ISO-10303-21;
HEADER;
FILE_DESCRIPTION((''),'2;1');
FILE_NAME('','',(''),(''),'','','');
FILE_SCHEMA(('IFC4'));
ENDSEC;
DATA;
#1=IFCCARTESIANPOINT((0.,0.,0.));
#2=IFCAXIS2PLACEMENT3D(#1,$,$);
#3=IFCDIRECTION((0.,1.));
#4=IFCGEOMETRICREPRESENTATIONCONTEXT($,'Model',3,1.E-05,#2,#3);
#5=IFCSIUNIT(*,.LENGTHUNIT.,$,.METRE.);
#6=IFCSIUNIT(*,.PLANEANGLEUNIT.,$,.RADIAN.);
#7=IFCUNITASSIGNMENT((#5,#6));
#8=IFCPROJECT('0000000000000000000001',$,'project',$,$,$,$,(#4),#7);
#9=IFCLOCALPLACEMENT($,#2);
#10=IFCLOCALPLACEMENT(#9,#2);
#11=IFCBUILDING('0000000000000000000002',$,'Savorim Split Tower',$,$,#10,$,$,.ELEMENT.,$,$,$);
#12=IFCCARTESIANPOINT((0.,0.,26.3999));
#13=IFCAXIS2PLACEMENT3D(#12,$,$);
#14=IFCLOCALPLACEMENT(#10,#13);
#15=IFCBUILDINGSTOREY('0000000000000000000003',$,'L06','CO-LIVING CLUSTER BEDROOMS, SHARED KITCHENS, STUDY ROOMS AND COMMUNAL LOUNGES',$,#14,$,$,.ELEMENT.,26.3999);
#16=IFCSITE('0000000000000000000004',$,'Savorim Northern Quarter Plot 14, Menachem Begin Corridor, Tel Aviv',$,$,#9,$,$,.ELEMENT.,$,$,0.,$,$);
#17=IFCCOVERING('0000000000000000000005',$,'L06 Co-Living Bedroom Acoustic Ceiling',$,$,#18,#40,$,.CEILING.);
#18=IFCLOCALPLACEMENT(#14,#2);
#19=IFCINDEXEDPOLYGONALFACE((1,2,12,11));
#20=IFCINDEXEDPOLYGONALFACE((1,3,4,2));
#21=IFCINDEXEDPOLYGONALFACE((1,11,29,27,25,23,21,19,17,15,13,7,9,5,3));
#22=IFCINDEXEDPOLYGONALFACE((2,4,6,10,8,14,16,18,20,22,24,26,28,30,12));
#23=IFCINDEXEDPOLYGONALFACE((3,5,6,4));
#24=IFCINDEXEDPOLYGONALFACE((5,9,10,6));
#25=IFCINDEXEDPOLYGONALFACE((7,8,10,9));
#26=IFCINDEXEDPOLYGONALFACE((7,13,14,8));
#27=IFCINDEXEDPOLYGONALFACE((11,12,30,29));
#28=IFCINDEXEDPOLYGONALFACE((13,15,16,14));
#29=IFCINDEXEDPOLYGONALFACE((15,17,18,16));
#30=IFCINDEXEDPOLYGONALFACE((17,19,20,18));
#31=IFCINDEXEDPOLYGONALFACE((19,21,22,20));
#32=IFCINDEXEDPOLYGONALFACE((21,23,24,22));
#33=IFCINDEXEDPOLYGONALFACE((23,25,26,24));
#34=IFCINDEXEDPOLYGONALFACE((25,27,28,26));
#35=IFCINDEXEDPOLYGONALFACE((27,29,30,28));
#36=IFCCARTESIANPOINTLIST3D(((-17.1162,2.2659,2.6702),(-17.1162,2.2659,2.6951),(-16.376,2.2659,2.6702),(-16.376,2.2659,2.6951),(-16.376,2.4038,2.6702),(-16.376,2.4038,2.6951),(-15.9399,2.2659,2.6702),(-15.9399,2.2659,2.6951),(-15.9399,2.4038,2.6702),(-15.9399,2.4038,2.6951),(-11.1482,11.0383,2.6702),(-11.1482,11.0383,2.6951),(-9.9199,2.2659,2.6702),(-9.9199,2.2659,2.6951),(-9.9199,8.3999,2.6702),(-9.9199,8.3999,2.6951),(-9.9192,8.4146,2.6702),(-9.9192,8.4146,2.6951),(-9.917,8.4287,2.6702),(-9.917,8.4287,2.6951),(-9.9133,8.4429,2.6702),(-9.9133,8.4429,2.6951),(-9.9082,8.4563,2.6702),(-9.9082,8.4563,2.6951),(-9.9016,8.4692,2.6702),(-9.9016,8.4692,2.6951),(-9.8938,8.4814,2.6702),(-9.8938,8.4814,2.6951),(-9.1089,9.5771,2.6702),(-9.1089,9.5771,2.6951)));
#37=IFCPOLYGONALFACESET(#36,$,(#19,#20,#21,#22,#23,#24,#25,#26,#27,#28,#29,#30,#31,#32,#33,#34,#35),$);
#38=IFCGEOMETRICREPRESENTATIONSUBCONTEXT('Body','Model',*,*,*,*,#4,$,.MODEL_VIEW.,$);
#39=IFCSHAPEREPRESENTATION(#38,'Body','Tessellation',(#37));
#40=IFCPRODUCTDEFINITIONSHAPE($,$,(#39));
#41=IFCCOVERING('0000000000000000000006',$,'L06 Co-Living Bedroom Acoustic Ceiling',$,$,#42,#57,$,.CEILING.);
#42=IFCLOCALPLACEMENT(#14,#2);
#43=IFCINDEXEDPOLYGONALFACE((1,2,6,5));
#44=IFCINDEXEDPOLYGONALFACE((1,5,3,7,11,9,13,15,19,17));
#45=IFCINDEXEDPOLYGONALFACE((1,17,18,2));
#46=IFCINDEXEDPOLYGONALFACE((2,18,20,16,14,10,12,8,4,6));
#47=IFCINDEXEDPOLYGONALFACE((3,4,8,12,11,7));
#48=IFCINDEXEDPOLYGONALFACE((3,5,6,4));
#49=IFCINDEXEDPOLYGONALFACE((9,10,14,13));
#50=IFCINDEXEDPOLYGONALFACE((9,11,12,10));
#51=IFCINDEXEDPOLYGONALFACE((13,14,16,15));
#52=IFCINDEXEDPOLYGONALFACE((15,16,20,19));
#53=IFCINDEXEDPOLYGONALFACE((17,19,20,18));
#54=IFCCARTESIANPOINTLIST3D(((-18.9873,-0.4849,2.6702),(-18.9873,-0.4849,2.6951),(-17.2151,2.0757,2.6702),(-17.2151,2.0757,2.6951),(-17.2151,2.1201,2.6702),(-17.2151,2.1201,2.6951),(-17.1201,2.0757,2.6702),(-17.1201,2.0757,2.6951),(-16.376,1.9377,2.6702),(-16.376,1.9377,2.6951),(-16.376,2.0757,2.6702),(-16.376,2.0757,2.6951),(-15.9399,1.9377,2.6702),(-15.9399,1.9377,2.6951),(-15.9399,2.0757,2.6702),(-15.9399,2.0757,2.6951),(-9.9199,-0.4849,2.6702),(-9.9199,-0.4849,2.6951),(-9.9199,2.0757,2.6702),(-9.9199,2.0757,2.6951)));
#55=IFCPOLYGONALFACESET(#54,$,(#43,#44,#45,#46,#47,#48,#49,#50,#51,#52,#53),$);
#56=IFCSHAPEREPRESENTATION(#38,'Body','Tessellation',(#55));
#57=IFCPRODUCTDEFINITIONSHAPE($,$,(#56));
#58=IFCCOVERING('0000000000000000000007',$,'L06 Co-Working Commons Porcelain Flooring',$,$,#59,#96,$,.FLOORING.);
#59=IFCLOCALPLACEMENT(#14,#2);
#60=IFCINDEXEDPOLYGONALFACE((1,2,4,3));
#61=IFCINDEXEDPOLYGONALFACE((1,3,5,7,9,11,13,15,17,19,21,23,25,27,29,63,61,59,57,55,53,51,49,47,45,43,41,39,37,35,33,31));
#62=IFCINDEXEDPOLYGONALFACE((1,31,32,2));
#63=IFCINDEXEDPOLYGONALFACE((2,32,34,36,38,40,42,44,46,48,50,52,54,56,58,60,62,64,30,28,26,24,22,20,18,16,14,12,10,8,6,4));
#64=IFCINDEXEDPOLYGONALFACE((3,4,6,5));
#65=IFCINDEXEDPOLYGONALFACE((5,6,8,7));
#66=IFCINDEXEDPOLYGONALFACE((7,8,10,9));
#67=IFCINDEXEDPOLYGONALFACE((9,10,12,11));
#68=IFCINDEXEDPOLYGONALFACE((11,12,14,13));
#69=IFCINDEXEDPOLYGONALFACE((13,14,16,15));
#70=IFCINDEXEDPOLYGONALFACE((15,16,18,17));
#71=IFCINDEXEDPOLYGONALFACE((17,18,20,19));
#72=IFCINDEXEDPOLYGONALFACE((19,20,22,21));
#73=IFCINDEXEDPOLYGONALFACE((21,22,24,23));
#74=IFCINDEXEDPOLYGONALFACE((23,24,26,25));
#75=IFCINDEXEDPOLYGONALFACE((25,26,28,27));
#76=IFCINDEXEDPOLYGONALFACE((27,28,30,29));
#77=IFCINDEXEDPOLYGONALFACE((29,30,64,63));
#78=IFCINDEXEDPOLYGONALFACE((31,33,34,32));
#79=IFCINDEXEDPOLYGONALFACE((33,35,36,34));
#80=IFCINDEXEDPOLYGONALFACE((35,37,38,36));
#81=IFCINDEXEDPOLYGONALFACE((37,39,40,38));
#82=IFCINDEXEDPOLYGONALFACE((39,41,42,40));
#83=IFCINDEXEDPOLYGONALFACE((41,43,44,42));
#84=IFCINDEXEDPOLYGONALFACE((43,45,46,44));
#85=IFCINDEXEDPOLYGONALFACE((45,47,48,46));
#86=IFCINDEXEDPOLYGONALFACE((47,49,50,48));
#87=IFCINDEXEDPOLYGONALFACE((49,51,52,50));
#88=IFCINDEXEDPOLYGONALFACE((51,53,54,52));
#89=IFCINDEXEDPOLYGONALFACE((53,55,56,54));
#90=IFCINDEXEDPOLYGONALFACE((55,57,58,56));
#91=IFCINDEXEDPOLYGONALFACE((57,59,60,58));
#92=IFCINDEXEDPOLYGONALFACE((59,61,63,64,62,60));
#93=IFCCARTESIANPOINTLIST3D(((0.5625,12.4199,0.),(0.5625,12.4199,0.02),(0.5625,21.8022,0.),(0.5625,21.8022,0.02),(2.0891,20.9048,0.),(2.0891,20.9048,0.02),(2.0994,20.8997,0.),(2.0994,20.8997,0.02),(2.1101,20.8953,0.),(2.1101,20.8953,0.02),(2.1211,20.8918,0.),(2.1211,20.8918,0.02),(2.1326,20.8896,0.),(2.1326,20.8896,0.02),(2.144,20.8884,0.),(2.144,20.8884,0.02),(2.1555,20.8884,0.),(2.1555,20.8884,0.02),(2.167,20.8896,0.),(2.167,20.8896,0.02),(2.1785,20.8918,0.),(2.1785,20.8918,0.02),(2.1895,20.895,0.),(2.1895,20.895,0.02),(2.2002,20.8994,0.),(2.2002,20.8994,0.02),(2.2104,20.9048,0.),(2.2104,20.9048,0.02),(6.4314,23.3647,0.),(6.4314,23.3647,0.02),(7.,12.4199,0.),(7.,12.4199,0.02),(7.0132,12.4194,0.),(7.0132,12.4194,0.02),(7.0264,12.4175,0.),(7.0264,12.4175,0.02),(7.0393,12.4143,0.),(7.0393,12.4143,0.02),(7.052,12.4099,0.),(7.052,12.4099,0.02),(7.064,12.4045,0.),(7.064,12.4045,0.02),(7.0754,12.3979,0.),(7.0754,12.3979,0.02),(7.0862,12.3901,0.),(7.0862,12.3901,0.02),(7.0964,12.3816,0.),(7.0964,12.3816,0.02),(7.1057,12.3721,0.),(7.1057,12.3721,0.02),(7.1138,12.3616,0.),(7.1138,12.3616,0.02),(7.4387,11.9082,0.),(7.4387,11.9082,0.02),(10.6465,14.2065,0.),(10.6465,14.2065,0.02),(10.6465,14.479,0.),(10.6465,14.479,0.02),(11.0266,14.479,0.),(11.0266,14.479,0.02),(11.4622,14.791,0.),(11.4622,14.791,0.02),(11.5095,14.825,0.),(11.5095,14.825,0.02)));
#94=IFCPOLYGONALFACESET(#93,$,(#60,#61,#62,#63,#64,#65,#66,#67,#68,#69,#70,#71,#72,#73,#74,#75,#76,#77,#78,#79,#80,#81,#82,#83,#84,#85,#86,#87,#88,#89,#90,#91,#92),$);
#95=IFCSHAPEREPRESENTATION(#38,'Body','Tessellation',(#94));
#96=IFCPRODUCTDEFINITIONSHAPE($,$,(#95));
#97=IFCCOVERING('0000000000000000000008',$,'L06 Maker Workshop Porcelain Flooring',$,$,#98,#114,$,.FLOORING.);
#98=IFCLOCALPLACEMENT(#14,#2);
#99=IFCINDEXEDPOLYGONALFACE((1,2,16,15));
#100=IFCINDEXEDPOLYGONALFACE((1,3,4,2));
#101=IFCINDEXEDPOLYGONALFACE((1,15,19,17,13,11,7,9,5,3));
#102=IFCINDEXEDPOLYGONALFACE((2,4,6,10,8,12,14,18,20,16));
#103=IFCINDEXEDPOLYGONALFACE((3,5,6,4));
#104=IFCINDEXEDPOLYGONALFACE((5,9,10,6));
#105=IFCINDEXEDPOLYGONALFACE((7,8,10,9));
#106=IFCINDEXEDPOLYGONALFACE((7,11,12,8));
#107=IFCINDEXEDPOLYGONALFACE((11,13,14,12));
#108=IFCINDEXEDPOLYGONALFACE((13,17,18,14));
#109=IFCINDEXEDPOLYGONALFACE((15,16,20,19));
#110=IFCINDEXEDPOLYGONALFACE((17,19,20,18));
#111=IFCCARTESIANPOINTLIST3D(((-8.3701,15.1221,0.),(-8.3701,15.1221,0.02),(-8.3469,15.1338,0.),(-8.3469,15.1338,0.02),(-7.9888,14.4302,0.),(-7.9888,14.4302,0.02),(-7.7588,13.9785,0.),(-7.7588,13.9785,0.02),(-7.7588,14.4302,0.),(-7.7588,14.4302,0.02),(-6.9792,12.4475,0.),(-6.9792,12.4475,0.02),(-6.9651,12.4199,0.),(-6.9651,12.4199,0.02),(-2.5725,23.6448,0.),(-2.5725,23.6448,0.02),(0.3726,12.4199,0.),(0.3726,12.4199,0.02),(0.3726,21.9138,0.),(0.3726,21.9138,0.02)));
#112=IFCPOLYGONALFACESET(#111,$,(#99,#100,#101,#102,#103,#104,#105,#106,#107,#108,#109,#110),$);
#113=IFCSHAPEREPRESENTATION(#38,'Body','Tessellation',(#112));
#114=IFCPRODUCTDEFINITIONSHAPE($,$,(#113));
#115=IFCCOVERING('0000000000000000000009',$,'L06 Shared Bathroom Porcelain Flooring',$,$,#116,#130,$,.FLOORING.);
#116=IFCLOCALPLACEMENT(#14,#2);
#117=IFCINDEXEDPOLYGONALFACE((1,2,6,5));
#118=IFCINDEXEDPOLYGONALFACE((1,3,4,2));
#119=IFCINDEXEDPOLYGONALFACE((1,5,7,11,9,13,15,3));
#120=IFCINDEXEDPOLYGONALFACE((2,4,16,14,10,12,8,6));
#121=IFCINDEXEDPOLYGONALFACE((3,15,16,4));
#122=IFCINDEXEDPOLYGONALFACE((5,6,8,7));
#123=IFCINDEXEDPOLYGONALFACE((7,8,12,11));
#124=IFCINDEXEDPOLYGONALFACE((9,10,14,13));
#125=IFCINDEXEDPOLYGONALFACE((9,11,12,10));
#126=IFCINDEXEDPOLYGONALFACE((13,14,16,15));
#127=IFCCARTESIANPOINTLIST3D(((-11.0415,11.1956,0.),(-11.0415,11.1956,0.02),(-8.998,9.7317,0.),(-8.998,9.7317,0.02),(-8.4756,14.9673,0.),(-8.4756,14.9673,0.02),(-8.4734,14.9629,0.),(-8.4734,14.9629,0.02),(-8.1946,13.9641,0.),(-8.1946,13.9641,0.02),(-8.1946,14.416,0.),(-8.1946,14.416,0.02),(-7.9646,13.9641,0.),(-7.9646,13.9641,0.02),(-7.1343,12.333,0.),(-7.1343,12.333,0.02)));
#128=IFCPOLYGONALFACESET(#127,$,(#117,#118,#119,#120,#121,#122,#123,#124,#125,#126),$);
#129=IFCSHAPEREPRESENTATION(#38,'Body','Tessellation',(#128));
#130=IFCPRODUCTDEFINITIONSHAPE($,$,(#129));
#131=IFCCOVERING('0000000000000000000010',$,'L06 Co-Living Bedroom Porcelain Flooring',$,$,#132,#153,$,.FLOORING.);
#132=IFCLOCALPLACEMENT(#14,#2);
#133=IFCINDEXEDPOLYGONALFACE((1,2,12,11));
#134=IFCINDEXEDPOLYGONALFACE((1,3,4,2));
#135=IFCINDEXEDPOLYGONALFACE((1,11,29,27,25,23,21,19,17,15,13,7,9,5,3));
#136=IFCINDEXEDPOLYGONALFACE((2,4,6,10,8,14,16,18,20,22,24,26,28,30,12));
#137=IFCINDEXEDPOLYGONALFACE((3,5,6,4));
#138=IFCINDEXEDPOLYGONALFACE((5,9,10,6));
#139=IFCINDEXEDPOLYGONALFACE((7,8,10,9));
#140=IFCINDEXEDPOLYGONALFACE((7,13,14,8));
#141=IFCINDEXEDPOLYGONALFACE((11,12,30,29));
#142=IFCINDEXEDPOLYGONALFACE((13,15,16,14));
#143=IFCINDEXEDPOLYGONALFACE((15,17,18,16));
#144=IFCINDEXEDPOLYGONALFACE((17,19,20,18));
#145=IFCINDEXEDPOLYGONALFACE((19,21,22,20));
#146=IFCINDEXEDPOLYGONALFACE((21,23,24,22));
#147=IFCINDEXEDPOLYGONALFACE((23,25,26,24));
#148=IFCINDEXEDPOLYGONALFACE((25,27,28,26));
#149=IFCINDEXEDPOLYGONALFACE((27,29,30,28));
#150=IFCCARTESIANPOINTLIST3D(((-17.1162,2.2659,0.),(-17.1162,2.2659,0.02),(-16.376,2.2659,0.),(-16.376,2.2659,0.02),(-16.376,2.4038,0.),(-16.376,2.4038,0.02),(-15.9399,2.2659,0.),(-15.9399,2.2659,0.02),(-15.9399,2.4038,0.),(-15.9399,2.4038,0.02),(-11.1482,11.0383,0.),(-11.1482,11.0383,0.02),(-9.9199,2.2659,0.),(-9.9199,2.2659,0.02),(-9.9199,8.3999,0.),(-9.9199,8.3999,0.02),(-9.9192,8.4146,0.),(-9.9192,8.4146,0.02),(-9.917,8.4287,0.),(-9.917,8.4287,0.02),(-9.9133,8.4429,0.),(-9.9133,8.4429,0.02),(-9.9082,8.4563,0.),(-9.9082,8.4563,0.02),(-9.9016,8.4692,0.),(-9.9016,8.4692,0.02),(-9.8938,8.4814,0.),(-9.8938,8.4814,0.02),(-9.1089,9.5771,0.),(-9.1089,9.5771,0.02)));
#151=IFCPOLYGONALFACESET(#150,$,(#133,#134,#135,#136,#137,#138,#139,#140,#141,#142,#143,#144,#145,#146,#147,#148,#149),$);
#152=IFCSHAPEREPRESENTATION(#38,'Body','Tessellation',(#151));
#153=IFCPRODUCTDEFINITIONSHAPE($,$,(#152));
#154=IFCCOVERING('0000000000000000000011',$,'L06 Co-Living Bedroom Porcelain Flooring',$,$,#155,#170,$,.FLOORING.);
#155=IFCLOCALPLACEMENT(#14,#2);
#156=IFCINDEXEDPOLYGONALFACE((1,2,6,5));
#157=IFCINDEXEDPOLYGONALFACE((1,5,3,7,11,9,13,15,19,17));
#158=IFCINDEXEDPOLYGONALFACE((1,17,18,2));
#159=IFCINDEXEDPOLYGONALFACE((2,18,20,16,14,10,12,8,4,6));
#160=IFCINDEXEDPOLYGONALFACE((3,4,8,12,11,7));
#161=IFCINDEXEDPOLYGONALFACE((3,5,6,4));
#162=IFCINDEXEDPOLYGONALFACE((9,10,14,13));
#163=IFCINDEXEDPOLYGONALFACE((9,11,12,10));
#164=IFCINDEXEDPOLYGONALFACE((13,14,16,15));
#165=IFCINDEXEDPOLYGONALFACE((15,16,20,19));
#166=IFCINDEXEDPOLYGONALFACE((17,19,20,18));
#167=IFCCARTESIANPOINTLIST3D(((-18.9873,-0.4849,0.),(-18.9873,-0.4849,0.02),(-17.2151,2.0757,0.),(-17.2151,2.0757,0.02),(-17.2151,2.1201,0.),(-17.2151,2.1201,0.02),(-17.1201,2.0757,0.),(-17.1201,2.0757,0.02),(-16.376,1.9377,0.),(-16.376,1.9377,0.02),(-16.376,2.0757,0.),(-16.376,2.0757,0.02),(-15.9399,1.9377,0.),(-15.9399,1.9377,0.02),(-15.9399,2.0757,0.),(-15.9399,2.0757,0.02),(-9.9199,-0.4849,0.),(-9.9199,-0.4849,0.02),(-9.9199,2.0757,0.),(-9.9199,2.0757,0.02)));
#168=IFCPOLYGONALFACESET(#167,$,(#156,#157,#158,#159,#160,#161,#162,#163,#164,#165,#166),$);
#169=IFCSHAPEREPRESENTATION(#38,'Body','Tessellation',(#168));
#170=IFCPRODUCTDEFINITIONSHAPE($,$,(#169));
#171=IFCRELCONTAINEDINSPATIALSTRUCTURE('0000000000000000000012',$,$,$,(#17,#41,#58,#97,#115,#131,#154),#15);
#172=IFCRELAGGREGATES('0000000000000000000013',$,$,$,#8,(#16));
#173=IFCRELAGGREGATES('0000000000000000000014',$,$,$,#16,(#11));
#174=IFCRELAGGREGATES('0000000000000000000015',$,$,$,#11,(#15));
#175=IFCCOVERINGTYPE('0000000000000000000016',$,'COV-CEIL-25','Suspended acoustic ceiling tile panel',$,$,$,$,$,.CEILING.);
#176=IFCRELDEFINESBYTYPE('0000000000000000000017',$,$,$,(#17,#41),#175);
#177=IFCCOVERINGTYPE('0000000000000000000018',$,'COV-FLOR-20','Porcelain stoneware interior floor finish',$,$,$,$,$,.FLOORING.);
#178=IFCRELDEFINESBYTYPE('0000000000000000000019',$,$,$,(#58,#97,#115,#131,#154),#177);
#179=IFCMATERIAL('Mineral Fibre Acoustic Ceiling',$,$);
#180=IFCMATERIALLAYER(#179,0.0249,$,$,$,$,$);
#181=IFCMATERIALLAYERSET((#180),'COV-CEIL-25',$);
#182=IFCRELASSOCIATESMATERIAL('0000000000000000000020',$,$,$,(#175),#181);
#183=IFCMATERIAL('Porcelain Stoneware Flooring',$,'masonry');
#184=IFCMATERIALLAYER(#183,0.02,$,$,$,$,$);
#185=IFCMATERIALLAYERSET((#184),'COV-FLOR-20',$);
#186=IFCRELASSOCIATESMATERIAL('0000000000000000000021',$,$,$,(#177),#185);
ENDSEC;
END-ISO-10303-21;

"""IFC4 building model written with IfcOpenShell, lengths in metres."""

from ifc_helpers import new_model, si_unit, direction, frame, origin, place, context, subcontext, project, spatial, polyline, outline, extrude, material, layer, layer_set, type_object, element, save


model = new_model("IFC4")

# Units and contexts
model_context = context("Model", 3, precision=1e-05, world=origin(), true_north=direction((0.0, 1.0)))
body_context = subcontext(model_context, "Body", "Model", "MODEL_VIEW")
ifc_project = project(units=[si_unit("LENGTHUNIT", "METRE"), si_unit("PLANEANGLEUNIT", "RADIAN")], contexts=[model_context])

# Site, building, storey
site_placement = place(None, origin())
site = spatial("IfcSite", under=ifc_project, at=site_placement, Name="Savorim Northern Quarter Plot 14, Menachem Begin Corridor, Tel Aviv", CompositionType="ELEMENT", RefElevation=0.0)
building_placement = place(site_placement, origin())
building = spatial("IfcBuilding", under=site, at=building_placement, Name="Savorim Split Tower", CompositionType="ELEMENT")
storey_placement = place(building_placement, frame((0.0, 0.0, 26.3999)))
storey = spatial("IfcBuildingStorey", under=building, at=storey_placement, Name="L06", Description="CO-LIVING CLUSTER BEDROOMS, SHARED KITCHENS, STUDY ROOMS AND COMMUNAL LOUNGES", CompositionType="ELEMENT", Elevation=26.3999)

# Coverings
ifc_material_1 = material(Name="Mineral Fibre Acoustic Ceiling")
ifc_layer_1 = layer(ifc_material_1, 0.0249)
ifc_layer_set_1 = layer_set([ifc_layer_1], Name="COV-CEIL-25")
covering_type_1 = type_object("IfcCoveringType", Name="COV-CEIL-25", Description="Suspended acoustic ceiling tile panel", PredefinedType="CEILING", material=ifc_layer_set_1)
covering_1_placement = place(storey_placement, frame((0.0, 0.0, 2.6702)))
element("IfcCovering", 1, at=covering_1_placement, inside=storey, type_object=covering_type_1, Name="L06 Co-Living Bedroom Acoustic Ceiling", PredefinedType="CEILING", context=body_context, shape_type="SweptSolid", body=[
    extrude(outline(polyline([(-9.9082, 8.4563), (-9.9016, 8.4692), (-9.8938, 8.4814), (-9.1089, 9.5771), (-11.1482, 11.0383), (-17.1162, 2.2659), (-16.376, 2.2659), (-16.376, 2.4038), (-15.9399, 2.4038), (-15.9399, 2.2659), (-9.9199, 2.2659), (-9.9199, 8.3999), (-9.9192, 8.4146), (-9.917, 8.4287), (-9.9133, 8.4429), (-9.9082, 8.4563)])), origin(), (0.0, 0.0, 1.0), 0.0249),
])
covering_2_placement = place(storey_placement, frame((0.0, 0.0, 2.6702)))
element("IfcCovering", 2, at=covering_2_placement, inside=storey, type_object=covering_type_1, Name="L06 Co-Living Bedroom Acoustic Ceiling", PredefinedType="CEILING", context=body_context, shape_type="SweptSolid", body=[
    extrude(outline(polyline([(-16.376, 2.0757), (-17.1201, 2.0757), (-17.2151, 2.0757), (-17.2151, 2.1201), (-18.9873, -0.4849), (-9.9199, -0.4849), (-9.9199, 2.0757), (-15.9399, 2.0757), (-15.9399, 1.9377), (-16.376, 1.9377), (-16.376, 2.0757)])), origin(), (0.0, 0.0, 1.0), 0.0249),
])
ifc_material_2 = material(Name="Porcelain Stoneware Flooring", Category="masonry")
ifc_layer_2 = layer(ifc_material_2, 0.02)
ifc_layer_set_2 = layer_set([ifc_layer_2], Name="COV-FLOR-20")
covering_type_2 = type_object("IfcCoveringType", Name="COV-FLOR-20", Description="Porcelain stoneware interior floor finish", PredefinedType="FLOORING", material=ifc_layer_set_2)
covering_3_placement = place(storey_placement, origin())
element("IfcCovering", 3, at=covering_3_placement, inside=storey, type_object=covering_type_2, Name="L06 Co-Working Commons Porcelain Flooring", PredefinedType="FLOORING", context=body_context, shape_type="SweptSolid", body=[
    extrude(outline(polyline([(2.1101, 20.8953), (2.0994, 20.8997), (2.0891, 20.9048), (0.5625, 21.8022), (0.5625, 12.4199), (7.0, 12.4199), (7.0132, 12.4194), (7.0264, 12.4175), (7.0393, 12.4143), (7.052, 12.4099), (7.064, 12.4045), (7.0754, 12.3979), (7.0862, 12.3901), (7.0964, 12.3816), (7.1057, 12.3721), (7.1138, 12.3616), (7.4387, 11.9082), (10.6465, 14.2065), (10.6465, 14.479), (11.0266, 14.479), (11.4622, 14.791), (11.5095, 14.825), (6.4314, 23.3647), (2.2104, 20.9048), (2.2002, 20.8994), (2.1895, 20.895), (2.1785, 20.8918), (2.167, 20.8896), (2.1555, 20.8884), (2.144, 20.8884), (2.1326, 20.8896), (2.1211, 20.8918), (2.1101, 20.8953)])), origin(), (0.0, 0.0, 1.0), 0.02),
])
covering_4_placement = place(storey_placement, origin())
element("IfcCovering", 4, at=covering_4_placement, inside=storey, type_object=covering_type_2, Name="L06 Maker Workshop Porcelain Flooring", PredefinedType="FLOORING", context=body_context, shape_type="SweptSolid", body=[
    extrude(outline(polyline([(-6.9651, 12.4199), (0.3726, 12.4199), (0.3726, 21.9138), (-2.5725, 23.6448), (-8.3701, 15.1221), (-8.3469, 15.1338), (-7.9888, 14.4302), (-7.7588, 14.4302), (-7.7588, 13.9785), (-6.9792, 12.4475), (-6.9651, 12.4199)])), origin(), (0.0, 0.0, 1.0), 0.02),
])
covering_5_placement = place(storey_placement, origin())
element("IfcCovering", 5, at=covering_5_placement, inside=storey, type_object=covering_type_2, Name="L06 Shared Bathroom Porcelain Flooring", PredefinedType="FLOORING", context=body_context, shape_type="SweptSolid", body=[
    extrude(outline(polyline([(-8.1946, 13.9641), (-8.1946, 14.416), (-8.4734, 14.9629), (-8.4756, 14.9673), (-11.0415, 11.1956), (-8.998, 9.7317), (-7.1343, 12.333), (-7.9646, 13.9641), (-8.1946, 13.9641)])), origin(), (0.0, 0.0, 1.0), 0.02),
])
covering_6_placement = place(storey_placement, origin())
element("IfcCovering", 6, at=covering_6_placement, inside=storey, type_object=covering_type_2, Name="L06 Co-Living Bedroom Porcelain Flooring", PredefinedType="FLOORING", context=body_context, shape_type="SweptSolid", body=[
    extrude(outline(polyline([(-9.9082, 8.4563), (-9.9016, 8.4692), (-9.8938, 8.4814), (-9.1089, 9.5771), (-11.1482, 11.0383), (-17.1162, 2.2659), (-16.376, 2.2659), (-16.376, 2.4038), (-15.9399, 2.4038), (-15.9399, 2.2659), (-9.9199, 2.2659), (-9.9199, 8.3999), (-9.9192, 8.4146), (-9.917, 8.4287), (-9.9133, 8.4429), (-9.9082, 8.4563)])), origin(), (0.0, 0.0, 1.0), 0.02),
])
covering_7_placement = place(storey_placement, origin())
element("IfcCovering", 7, at=covering_7_placement, inside=storey, type_object=covering_type_2, Name="L06 Co-Living Bedroom Porcelain Flooring", PredefinedType="FLOORING", context=body_context, shape_type="SweptSolid", body=[
    extrude(outline(polyline([(-16.376, 2.0757), (-17.1201, 2.0757), (-17.2151, 2.0757), (-17.2151, 2.1201), (-18.9873, -0.4849), (-9.9199, -0.4849), (-9.9199, 2.0757), (-15.9399, 2.0757), (-15.9399, 1.9377), (-16.376, 1.9377), (-16.376, 2.0757)])), origin(), (0.0, 0.0, 1.0), 0.02),
])

save(model, "model.ifc")
